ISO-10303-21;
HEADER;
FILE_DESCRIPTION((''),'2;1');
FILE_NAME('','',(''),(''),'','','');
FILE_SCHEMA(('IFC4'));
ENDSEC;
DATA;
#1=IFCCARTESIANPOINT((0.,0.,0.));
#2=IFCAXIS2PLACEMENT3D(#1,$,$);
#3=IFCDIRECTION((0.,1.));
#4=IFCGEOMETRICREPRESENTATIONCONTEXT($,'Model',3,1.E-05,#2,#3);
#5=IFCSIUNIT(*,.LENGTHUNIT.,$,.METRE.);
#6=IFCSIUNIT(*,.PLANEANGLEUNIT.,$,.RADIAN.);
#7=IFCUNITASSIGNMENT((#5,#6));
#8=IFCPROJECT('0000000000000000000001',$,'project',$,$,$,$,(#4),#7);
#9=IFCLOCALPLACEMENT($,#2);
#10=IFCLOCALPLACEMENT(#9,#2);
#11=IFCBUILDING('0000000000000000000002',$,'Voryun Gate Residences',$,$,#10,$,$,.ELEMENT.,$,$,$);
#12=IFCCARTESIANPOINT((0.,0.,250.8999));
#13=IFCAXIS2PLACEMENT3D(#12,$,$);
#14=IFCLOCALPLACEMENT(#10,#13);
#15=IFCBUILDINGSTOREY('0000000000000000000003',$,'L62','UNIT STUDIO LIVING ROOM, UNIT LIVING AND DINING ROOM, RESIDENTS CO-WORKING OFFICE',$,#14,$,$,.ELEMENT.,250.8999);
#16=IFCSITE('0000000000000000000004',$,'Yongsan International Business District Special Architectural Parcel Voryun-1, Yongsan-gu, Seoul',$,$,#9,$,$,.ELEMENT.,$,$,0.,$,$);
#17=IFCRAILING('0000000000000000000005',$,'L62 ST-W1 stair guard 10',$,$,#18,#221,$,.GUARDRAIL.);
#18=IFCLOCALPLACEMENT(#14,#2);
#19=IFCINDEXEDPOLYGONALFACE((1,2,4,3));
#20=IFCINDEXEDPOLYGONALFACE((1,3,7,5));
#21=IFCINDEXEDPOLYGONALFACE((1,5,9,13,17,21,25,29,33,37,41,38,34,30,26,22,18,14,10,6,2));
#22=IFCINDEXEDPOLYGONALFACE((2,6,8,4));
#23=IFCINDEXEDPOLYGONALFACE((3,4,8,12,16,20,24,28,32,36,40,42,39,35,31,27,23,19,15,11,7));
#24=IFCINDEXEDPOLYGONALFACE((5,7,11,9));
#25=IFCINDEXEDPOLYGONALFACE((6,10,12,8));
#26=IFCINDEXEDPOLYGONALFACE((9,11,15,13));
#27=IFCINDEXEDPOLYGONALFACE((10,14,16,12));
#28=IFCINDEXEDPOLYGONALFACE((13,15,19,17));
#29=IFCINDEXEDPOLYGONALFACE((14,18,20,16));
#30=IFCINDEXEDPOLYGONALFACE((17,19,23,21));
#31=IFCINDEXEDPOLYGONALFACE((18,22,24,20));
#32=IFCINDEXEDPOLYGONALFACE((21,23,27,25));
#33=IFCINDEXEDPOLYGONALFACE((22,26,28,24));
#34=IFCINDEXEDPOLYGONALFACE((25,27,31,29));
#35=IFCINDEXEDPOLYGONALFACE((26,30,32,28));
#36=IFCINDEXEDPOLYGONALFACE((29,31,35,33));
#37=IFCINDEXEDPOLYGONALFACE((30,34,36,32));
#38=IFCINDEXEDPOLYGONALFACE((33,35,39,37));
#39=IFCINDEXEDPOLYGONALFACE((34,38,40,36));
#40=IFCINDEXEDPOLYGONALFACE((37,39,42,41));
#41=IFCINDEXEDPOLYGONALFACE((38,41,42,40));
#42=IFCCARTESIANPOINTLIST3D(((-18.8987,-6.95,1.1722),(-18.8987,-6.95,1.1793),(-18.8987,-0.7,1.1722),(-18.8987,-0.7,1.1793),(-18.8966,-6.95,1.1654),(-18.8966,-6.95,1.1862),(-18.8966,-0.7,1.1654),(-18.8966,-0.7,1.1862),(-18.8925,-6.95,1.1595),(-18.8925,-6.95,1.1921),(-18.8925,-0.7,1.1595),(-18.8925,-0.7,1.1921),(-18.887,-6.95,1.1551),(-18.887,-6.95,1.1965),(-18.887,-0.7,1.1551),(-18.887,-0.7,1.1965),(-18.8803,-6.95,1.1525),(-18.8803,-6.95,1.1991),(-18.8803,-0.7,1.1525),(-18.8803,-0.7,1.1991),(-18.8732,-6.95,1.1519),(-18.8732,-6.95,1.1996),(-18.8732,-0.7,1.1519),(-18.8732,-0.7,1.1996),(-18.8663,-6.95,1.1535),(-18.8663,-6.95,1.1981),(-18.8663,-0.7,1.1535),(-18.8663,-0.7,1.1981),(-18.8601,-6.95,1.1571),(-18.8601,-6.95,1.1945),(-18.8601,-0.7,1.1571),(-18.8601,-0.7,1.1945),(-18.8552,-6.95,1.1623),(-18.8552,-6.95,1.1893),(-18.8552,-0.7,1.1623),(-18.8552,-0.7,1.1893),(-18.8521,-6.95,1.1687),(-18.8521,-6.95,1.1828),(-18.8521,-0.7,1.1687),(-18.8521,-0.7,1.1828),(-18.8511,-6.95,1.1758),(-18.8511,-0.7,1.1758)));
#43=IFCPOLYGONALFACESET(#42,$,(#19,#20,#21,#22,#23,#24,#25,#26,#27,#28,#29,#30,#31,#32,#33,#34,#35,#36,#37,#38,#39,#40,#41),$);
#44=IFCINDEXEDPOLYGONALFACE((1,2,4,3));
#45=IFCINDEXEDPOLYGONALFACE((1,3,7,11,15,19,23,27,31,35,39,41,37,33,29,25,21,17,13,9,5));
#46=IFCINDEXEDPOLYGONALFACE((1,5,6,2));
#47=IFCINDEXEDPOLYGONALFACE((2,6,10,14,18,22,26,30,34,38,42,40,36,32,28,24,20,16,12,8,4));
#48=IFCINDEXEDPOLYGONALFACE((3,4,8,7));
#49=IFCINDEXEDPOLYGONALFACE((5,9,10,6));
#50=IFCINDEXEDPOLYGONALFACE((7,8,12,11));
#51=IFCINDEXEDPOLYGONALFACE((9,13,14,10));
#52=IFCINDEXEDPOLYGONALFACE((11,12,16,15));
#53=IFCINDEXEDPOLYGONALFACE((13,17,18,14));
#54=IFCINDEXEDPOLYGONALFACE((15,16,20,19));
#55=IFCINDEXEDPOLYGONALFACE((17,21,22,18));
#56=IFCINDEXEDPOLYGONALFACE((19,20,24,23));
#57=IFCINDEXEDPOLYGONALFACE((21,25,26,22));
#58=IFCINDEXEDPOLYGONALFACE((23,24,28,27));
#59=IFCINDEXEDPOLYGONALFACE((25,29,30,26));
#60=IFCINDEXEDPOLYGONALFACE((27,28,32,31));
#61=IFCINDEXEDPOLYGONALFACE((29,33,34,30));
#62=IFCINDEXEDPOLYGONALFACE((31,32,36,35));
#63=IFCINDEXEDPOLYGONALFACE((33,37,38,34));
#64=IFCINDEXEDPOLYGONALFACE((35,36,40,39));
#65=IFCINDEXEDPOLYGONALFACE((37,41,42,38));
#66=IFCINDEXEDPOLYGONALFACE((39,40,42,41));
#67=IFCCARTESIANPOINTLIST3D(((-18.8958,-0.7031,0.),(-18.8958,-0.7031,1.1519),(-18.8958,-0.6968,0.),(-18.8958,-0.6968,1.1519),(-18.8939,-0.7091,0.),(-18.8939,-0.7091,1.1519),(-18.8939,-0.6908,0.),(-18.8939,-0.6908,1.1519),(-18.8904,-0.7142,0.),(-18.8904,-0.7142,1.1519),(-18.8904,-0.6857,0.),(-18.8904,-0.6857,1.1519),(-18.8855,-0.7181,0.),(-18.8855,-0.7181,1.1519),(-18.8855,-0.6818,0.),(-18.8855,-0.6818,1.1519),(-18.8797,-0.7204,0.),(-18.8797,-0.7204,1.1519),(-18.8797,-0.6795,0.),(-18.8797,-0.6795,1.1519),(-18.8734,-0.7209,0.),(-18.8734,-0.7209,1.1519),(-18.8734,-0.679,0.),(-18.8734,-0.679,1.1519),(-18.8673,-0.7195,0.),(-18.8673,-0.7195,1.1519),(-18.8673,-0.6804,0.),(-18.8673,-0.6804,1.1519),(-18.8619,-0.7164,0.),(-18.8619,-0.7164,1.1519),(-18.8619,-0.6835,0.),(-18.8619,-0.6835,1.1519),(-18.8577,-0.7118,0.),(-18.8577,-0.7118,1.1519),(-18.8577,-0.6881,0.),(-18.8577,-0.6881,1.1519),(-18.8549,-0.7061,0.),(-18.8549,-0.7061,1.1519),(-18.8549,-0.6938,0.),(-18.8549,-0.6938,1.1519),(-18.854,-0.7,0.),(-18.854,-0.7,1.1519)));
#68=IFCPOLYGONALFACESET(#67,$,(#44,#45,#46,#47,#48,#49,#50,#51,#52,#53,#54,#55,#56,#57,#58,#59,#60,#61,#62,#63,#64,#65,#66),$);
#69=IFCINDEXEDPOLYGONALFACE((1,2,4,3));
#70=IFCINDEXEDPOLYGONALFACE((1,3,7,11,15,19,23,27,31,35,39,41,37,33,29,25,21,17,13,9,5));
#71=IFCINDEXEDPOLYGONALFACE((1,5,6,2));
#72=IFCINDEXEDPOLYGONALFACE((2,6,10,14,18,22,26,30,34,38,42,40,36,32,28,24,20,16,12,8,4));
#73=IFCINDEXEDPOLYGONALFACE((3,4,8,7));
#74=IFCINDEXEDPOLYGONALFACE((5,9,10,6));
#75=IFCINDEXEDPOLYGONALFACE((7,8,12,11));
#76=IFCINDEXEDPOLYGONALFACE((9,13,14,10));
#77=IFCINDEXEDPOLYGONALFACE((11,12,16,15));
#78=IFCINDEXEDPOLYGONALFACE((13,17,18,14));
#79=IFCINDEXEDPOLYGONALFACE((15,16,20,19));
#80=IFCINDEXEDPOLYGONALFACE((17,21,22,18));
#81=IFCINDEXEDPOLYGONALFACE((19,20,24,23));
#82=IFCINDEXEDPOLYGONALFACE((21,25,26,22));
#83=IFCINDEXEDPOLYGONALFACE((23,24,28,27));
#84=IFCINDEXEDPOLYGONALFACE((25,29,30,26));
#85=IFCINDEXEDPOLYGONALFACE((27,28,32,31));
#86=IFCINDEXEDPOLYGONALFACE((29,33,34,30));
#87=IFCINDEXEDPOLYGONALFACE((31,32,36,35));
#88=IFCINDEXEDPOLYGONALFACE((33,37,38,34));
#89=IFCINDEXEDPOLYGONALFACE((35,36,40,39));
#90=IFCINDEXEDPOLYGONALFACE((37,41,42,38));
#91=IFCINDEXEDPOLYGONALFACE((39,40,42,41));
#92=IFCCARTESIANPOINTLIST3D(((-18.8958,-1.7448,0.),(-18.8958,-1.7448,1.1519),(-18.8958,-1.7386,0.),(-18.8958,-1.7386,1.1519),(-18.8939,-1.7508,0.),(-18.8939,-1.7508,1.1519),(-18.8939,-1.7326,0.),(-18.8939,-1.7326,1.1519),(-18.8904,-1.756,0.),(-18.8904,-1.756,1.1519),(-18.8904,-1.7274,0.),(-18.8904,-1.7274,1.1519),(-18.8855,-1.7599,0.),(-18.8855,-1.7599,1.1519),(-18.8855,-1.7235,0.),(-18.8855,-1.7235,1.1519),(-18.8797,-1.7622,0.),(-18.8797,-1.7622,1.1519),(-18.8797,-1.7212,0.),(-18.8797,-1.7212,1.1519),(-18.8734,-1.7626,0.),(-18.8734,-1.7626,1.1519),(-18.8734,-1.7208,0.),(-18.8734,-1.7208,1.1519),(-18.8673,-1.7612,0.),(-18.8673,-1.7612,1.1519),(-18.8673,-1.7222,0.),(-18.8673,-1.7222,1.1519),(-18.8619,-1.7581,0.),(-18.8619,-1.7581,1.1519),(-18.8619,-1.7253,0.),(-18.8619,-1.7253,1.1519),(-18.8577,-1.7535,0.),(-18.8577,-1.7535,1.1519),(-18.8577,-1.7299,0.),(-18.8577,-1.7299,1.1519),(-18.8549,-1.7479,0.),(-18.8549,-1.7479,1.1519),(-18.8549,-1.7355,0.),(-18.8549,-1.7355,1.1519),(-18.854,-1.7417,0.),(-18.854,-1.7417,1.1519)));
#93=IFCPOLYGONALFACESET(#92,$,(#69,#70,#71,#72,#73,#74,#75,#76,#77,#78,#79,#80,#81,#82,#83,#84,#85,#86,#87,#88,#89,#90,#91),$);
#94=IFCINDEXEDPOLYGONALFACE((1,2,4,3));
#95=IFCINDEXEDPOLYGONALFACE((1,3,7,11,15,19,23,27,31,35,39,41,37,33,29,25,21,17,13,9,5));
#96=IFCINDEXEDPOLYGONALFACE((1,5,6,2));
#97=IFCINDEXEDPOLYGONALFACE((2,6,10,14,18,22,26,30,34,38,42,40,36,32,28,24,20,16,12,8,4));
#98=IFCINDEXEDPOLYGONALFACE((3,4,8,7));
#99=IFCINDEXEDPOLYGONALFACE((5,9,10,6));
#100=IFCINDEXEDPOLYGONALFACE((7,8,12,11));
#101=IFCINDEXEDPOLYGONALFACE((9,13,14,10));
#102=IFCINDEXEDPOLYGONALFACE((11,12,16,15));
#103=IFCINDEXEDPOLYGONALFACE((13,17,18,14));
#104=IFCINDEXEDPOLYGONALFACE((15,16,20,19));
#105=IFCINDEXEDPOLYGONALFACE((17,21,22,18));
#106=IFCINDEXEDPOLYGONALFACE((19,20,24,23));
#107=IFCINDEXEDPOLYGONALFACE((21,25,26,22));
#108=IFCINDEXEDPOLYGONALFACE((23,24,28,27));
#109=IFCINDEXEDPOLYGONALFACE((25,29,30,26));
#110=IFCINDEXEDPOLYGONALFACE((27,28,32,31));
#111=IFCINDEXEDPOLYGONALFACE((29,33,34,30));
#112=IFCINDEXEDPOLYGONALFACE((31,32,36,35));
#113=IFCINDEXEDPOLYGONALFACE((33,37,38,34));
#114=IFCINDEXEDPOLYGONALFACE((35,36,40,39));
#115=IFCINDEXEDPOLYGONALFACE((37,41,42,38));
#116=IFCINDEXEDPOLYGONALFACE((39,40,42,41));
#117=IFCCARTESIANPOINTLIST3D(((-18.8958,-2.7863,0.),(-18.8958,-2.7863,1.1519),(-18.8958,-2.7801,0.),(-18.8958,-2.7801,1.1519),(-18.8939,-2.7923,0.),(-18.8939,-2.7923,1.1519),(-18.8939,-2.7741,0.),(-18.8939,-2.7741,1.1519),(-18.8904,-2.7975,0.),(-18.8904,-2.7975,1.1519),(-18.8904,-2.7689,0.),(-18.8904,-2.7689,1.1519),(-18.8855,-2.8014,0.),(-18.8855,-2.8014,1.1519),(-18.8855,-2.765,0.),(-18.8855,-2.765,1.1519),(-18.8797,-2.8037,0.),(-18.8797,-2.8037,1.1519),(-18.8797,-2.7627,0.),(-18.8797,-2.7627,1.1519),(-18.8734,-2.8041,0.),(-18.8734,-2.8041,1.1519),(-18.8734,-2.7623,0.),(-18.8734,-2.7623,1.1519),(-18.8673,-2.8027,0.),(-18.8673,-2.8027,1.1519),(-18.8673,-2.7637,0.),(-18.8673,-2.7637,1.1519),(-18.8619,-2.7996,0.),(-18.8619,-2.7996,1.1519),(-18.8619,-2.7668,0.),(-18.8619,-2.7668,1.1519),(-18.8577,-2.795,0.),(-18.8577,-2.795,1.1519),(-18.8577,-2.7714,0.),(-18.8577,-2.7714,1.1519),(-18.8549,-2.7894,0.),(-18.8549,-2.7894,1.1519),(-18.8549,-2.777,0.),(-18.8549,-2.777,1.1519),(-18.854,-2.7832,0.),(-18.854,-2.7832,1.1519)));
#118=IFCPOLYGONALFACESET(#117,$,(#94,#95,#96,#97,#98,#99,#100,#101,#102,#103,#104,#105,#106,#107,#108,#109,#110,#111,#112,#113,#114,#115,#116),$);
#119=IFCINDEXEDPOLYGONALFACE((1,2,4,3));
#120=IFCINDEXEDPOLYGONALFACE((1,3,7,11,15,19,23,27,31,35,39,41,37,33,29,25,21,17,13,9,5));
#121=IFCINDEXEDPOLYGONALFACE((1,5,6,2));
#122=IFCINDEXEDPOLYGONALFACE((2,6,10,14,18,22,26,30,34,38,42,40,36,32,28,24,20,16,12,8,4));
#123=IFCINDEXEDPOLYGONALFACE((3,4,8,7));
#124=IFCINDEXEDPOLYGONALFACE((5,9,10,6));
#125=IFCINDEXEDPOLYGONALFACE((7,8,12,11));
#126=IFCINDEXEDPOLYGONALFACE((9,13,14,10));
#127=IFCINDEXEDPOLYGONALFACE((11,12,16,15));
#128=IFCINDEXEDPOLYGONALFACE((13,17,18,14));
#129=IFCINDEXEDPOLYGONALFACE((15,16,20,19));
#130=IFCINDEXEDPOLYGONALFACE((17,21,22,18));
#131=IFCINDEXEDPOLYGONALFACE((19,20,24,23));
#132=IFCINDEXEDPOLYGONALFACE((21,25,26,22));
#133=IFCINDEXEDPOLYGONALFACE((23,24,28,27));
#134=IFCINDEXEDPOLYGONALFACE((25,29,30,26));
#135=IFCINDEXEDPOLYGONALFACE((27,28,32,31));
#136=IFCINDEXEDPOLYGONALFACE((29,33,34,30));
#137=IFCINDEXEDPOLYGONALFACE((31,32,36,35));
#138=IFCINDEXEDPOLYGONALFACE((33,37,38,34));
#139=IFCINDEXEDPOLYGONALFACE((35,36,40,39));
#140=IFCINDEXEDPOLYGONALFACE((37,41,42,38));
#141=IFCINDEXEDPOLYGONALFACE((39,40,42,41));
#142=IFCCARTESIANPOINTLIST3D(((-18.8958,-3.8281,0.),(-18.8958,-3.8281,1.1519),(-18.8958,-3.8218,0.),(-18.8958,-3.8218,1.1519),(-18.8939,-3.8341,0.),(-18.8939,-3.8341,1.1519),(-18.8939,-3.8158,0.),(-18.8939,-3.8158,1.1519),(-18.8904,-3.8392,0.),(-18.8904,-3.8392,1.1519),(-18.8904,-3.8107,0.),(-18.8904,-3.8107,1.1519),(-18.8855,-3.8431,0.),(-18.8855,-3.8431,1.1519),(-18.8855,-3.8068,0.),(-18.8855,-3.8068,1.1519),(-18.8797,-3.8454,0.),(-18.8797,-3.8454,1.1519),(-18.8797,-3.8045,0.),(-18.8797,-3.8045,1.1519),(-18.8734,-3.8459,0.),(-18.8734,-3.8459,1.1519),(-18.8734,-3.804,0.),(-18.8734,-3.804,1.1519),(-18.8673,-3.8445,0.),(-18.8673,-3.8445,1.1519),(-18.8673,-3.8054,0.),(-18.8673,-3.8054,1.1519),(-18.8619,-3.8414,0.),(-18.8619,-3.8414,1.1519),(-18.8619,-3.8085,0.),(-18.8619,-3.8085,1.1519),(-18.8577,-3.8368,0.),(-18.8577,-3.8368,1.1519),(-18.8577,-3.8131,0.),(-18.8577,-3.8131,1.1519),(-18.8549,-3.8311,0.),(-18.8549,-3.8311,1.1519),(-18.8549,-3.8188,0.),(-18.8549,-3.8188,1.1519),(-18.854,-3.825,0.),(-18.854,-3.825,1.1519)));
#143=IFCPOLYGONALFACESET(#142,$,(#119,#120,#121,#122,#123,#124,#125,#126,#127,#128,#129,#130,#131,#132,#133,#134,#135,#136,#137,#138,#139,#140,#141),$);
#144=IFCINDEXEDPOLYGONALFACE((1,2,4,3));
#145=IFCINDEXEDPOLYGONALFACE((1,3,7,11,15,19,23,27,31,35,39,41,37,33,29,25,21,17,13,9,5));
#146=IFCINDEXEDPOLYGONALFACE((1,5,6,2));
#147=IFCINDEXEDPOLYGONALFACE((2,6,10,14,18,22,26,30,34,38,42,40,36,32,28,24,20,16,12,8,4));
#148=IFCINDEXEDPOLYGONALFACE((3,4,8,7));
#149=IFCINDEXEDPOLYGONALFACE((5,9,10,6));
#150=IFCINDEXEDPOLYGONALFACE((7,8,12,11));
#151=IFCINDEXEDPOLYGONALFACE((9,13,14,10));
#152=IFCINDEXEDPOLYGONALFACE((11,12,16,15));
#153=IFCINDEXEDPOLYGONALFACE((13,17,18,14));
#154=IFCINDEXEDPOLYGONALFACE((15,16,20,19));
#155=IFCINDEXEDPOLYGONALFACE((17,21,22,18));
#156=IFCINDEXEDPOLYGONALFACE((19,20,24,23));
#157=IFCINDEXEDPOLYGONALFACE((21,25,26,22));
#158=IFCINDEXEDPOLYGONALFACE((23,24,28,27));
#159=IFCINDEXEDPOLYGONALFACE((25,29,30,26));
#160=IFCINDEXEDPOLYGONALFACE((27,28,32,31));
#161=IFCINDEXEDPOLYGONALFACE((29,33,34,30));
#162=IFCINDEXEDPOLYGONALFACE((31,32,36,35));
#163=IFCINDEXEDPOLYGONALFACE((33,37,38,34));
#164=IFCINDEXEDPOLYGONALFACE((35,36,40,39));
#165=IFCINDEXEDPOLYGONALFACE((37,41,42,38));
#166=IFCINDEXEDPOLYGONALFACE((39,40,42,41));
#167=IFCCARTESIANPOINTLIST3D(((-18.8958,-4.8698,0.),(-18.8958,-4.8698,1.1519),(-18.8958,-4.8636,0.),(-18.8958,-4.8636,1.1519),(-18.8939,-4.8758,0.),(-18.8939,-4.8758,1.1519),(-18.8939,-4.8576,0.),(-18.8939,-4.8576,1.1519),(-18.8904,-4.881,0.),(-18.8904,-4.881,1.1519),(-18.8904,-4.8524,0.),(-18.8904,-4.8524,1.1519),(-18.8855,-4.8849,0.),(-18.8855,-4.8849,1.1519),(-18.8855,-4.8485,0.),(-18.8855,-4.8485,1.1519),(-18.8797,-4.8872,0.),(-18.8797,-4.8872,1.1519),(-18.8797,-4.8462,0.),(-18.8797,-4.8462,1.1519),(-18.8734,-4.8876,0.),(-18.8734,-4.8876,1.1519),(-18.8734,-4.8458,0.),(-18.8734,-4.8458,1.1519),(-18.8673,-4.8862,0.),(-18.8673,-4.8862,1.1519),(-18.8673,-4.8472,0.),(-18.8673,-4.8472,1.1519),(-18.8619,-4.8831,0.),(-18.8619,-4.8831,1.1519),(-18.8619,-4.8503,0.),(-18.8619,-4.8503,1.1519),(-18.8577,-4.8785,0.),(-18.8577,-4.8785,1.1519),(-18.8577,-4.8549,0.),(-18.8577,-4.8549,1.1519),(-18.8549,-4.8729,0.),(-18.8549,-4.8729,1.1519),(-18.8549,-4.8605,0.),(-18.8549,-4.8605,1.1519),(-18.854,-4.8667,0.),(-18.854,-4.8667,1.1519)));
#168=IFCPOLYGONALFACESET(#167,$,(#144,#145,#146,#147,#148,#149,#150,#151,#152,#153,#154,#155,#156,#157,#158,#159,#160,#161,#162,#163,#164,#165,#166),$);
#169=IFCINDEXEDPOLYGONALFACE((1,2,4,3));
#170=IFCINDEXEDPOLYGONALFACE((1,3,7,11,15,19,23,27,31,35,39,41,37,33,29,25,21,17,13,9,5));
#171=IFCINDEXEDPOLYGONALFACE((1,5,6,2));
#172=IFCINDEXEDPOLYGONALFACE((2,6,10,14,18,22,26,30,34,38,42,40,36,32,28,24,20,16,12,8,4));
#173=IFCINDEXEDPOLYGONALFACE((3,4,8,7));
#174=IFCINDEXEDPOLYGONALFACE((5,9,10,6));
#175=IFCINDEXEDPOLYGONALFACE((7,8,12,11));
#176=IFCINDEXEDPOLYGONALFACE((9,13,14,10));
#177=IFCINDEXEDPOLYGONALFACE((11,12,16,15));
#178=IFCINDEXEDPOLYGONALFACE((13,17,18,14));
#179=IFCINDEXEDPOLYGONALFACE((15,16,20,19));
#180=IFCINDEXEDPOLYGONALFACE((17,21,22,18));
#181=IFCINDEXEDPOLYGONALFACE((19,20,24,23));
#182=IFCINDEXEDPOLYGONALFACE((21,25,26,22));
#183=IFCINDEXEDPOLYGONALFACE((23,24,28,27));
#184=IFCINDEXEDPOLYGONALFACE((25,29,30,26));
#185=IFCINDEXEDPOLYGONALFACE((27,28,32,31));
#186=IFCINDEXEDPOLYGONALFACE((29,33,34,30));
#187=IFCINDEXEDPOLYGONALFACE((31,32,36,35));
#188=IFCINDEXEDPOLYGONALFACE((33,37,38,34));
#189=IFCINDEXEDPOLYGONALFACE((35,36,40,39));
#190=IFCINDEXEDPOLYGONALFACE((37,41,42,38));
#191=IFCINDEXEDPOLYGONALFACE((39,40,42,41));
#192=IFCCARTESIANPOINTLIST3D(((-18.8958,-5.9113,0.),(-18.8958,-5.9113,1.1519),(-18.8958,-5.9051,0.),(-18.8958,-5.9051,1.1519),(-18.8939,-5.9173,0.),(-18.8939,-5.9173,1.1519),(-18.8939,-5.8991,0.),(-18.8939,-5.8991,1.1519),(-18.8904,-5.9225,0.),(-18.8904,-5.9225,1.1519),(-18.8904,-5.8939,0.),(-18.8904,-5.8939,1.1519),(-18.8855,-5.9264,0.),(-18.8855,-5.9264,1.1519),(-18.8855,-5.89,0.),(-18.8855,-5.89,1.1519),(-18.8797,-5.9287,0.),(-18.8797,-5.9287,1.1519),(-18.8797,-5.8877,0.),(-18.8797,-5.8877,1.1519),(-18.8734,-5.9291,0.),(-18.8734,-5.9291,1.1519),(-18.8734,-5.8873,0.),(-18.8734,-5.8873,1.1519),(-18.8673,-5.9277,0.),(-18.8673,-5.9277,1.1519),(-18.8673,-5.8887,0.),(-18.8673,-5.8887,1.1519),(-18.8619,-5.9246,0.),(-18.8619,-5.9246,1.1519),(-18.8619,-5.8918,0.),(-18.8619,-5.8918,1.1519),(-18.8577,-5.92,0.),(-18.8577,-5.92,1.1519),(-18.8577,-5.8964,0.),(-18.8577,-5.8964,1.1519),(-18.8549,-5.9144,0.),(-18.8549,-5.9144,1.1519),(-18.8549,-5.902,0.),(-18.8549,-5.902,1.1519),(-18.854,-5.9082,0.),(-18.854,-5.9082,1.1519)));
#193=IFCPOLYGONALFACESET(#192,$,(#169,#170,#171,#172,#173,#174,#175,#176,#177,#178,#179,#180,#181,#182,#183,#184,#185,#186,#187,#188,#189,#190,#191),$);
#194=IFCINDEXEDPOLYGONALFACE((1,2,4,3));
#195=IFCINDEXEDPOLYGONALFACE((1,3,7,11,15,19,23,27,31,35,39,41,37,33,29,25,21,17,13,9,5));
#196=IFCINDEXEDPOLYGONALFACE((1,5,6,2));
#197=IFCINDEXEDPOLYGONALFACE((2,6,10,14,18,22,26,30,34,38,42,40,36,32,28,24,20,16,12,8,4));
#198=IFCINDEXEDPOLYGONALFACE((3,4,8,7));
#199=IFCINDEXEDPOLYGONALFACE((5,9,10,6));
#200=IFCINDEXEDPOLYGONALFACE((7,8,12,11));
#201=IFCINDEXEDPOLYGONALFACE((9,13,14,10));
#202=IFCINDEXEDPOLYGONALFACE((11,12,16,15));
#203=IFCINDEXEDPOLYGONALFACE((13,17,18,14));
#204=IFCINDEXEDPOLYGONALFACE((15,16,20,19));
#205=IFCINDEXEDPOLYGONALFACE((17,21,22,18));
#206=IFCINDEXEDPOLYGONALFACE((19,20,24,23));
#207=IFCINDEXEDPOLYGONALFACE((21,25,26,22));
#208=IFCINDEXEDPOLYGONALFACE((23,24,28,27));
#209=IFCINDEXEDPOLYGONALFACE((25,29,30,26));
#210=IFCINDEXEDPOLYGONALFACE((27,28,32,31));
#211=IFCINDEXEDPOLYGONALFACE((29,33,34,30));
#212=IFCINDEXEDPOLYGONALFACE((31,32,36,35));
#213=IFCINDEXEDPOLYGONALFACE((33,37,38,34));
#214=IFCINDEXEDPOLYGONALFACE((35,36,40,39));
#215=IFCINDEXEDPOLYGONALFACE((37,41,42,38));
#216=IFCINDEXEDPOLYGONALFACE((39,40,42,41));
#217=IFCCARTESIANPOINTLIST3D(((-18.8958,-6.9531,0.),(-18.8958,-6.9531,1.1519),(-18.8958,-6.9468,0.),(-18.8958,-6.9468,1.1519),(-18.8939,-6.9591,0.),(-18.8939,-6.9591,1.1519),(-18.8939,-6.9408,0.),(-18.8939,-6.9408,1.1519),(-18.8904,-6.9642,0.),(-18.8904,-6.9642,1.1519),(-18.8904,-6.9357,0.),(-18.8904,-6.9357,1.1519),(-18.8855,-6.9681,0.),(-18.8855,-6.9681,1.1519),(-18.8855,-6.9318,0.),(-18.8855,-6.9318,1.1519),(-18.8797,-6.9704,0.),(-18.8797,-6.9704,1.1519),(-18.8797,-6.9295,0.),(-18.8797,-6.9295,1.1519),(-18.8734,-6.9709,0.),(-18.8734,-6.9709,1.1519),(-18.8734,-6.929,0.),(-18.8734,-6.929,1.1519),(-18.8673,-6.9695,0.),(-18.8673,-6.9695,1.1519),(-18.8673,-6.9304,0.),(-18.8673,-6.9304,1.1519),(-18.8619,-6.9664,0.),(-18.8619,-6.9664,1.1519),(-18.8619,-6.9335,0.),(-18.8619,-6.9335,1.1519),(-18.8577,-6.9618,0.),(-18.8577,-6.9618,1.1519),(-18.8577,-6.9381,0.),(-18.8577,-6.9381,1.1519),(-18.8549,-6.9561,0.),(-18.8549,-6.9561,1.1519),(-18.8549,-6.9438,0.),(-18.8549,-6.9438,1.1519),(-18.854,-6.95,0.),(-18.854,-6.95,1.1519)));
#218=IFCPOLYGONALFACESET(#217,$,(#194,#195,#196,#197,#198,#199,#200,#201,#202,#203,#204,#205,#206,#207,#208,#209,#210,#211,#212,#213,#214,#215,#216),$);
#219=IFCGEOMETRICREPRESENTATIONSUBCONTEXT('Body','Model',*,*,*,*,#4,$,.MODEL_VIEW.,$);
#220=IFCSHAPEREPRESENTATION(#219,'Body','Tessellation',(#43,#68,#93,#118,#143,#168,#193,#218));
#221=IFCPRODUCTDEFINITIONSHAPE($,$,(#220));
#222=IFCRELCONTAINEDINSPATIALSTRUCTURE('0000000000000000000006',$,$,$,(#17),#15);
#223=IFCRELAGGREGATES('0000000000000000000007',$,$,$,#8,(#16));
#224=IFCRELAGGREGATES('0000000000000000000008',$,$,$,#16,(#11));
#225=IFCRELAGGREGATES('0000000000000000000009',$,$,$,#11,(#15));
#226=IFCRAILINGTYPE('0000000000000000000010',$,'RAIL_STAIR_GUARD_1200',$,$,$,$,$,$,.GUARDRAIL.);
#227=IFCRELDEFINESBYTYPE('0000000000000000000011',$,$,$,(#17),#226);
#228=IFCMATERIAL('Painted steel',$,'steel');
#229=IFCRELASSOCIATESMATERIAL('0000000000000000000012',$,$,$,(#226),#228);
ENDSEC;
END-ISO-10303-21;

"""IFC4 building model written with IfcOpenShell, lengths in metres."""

from ifc_helpers import new_model, si_unit, direction, frame, origin, origin_2d, place, context, subcontext, project, spatial, circle, extrude, material, type_object, element, save


model = new_model("IFC4")

# Units and contexts
model_context = context("Model", 3, precision=1e-05, world=origin(), true_north=direction((0.0, 1.0)))
body_context = subcontext(model_context, "Body", "Model", "MODEL_VIEW")
ifc_project = project(units=[si_unit("LENGTHUNIT", "METRE"), si_unit("PLANEANGLEUNIT", "RADIAN")], contexts=[model_context])

# Site, building, storey
site_placement = place(None, origin())
site = spatial("IfcSite", under=ifc_project, at=site_placement, Name="Yongsan International Business District Special Architectural Parcel Voryun-1, Yongsan-gu, Seoul", CompositionType="ELEMENT", RefElevation=0.0)
building_placement = place(site_placement, origin())
building = spatial("IfcBuilding", under=site, at=building_placement, Name="Voryun Gate Residences", CompositionType="ELEMENT")
storey_placement = place(building_placement, frame((0.0, 0.0, 250.8999)))
storey = spatial("IfcBuildingStorey", under=building, at=storey_placement, Name="L62", Description="UNIT STUDIO LIVING ROOM, UNIT LIVING AND DINING ROOM, RESIDENTS CO-WORKING OFFICE", CompositionType="ELEMENT", Elevation=250.8999)

# Railing
ifc_material_1 = material(Name="Painted steel", Category="steel")
railing_type = type_object("IfcRailingType", Name="RAIL_STAIR_GUARD_1200", PredefinedType="GUARDRAIL", material=ifc_material_1)
railing_1_placement = place(storey_placement, frame((-18.875, -0.7, 0.0)))
element("IfcRailing", 1, at=railing_1_placement, inside=storey, type_object=railing_type, Name="L62 ST-W1 stair guard 10", PredefinedType="GUARDRAIL", context=body_context, shape_type="SweptSolid", body=[
    extrude(circle(Radius=0.0239, at=origin_2d()), frame((0.0, 0.0, 1.1758), z_axis=(0.0, -1.0, 0.0), x_axis=(1.0, 0.0, 0.0)), (0.0, 0.0, 1.0), 6.25),
    extrude(circle(Radius=0.021, at=origin_2d()), origin(), (0.0, 0.0, 1.0), 1.1519),
    extrude(circle(Radius=0.021, at=origin_2d()), frame((0.0, -1.0417, 0.0)), (0.0, 0.0, 1.0), 1.1519),
    extrude(circle(Radius=0.021, at=origin_2d()), frame((0.0, -2.0833, 0.0)), (0.0, 0.0, 1.0), 1.1519),
    extrude(circle(Radius=0.021, at=origin_2d()), frame((0.0, -3.125, 0.0)), (0.0, 0.0, 1.0), 1.1519),
    extrude(circle(Radius=0.021, at=origin_2d()), frame((0.0, -4.1667, 0.0)), (0.0, 0.0, 1.0), 1.1519),
    extrude(circle(Radius=0.021, at=origin_2d()), frame((0.0, -5.2083, 0.0)), (0.0, 0.0, 1.0), 1.1519),
    extrude(circle(Radius=0.021, at=origin_2d()), frame((0.0, -6.25, 0.0)), (0.0, 0.0, 1.0), 1.1519),
])

save(model, "model.ifc")
